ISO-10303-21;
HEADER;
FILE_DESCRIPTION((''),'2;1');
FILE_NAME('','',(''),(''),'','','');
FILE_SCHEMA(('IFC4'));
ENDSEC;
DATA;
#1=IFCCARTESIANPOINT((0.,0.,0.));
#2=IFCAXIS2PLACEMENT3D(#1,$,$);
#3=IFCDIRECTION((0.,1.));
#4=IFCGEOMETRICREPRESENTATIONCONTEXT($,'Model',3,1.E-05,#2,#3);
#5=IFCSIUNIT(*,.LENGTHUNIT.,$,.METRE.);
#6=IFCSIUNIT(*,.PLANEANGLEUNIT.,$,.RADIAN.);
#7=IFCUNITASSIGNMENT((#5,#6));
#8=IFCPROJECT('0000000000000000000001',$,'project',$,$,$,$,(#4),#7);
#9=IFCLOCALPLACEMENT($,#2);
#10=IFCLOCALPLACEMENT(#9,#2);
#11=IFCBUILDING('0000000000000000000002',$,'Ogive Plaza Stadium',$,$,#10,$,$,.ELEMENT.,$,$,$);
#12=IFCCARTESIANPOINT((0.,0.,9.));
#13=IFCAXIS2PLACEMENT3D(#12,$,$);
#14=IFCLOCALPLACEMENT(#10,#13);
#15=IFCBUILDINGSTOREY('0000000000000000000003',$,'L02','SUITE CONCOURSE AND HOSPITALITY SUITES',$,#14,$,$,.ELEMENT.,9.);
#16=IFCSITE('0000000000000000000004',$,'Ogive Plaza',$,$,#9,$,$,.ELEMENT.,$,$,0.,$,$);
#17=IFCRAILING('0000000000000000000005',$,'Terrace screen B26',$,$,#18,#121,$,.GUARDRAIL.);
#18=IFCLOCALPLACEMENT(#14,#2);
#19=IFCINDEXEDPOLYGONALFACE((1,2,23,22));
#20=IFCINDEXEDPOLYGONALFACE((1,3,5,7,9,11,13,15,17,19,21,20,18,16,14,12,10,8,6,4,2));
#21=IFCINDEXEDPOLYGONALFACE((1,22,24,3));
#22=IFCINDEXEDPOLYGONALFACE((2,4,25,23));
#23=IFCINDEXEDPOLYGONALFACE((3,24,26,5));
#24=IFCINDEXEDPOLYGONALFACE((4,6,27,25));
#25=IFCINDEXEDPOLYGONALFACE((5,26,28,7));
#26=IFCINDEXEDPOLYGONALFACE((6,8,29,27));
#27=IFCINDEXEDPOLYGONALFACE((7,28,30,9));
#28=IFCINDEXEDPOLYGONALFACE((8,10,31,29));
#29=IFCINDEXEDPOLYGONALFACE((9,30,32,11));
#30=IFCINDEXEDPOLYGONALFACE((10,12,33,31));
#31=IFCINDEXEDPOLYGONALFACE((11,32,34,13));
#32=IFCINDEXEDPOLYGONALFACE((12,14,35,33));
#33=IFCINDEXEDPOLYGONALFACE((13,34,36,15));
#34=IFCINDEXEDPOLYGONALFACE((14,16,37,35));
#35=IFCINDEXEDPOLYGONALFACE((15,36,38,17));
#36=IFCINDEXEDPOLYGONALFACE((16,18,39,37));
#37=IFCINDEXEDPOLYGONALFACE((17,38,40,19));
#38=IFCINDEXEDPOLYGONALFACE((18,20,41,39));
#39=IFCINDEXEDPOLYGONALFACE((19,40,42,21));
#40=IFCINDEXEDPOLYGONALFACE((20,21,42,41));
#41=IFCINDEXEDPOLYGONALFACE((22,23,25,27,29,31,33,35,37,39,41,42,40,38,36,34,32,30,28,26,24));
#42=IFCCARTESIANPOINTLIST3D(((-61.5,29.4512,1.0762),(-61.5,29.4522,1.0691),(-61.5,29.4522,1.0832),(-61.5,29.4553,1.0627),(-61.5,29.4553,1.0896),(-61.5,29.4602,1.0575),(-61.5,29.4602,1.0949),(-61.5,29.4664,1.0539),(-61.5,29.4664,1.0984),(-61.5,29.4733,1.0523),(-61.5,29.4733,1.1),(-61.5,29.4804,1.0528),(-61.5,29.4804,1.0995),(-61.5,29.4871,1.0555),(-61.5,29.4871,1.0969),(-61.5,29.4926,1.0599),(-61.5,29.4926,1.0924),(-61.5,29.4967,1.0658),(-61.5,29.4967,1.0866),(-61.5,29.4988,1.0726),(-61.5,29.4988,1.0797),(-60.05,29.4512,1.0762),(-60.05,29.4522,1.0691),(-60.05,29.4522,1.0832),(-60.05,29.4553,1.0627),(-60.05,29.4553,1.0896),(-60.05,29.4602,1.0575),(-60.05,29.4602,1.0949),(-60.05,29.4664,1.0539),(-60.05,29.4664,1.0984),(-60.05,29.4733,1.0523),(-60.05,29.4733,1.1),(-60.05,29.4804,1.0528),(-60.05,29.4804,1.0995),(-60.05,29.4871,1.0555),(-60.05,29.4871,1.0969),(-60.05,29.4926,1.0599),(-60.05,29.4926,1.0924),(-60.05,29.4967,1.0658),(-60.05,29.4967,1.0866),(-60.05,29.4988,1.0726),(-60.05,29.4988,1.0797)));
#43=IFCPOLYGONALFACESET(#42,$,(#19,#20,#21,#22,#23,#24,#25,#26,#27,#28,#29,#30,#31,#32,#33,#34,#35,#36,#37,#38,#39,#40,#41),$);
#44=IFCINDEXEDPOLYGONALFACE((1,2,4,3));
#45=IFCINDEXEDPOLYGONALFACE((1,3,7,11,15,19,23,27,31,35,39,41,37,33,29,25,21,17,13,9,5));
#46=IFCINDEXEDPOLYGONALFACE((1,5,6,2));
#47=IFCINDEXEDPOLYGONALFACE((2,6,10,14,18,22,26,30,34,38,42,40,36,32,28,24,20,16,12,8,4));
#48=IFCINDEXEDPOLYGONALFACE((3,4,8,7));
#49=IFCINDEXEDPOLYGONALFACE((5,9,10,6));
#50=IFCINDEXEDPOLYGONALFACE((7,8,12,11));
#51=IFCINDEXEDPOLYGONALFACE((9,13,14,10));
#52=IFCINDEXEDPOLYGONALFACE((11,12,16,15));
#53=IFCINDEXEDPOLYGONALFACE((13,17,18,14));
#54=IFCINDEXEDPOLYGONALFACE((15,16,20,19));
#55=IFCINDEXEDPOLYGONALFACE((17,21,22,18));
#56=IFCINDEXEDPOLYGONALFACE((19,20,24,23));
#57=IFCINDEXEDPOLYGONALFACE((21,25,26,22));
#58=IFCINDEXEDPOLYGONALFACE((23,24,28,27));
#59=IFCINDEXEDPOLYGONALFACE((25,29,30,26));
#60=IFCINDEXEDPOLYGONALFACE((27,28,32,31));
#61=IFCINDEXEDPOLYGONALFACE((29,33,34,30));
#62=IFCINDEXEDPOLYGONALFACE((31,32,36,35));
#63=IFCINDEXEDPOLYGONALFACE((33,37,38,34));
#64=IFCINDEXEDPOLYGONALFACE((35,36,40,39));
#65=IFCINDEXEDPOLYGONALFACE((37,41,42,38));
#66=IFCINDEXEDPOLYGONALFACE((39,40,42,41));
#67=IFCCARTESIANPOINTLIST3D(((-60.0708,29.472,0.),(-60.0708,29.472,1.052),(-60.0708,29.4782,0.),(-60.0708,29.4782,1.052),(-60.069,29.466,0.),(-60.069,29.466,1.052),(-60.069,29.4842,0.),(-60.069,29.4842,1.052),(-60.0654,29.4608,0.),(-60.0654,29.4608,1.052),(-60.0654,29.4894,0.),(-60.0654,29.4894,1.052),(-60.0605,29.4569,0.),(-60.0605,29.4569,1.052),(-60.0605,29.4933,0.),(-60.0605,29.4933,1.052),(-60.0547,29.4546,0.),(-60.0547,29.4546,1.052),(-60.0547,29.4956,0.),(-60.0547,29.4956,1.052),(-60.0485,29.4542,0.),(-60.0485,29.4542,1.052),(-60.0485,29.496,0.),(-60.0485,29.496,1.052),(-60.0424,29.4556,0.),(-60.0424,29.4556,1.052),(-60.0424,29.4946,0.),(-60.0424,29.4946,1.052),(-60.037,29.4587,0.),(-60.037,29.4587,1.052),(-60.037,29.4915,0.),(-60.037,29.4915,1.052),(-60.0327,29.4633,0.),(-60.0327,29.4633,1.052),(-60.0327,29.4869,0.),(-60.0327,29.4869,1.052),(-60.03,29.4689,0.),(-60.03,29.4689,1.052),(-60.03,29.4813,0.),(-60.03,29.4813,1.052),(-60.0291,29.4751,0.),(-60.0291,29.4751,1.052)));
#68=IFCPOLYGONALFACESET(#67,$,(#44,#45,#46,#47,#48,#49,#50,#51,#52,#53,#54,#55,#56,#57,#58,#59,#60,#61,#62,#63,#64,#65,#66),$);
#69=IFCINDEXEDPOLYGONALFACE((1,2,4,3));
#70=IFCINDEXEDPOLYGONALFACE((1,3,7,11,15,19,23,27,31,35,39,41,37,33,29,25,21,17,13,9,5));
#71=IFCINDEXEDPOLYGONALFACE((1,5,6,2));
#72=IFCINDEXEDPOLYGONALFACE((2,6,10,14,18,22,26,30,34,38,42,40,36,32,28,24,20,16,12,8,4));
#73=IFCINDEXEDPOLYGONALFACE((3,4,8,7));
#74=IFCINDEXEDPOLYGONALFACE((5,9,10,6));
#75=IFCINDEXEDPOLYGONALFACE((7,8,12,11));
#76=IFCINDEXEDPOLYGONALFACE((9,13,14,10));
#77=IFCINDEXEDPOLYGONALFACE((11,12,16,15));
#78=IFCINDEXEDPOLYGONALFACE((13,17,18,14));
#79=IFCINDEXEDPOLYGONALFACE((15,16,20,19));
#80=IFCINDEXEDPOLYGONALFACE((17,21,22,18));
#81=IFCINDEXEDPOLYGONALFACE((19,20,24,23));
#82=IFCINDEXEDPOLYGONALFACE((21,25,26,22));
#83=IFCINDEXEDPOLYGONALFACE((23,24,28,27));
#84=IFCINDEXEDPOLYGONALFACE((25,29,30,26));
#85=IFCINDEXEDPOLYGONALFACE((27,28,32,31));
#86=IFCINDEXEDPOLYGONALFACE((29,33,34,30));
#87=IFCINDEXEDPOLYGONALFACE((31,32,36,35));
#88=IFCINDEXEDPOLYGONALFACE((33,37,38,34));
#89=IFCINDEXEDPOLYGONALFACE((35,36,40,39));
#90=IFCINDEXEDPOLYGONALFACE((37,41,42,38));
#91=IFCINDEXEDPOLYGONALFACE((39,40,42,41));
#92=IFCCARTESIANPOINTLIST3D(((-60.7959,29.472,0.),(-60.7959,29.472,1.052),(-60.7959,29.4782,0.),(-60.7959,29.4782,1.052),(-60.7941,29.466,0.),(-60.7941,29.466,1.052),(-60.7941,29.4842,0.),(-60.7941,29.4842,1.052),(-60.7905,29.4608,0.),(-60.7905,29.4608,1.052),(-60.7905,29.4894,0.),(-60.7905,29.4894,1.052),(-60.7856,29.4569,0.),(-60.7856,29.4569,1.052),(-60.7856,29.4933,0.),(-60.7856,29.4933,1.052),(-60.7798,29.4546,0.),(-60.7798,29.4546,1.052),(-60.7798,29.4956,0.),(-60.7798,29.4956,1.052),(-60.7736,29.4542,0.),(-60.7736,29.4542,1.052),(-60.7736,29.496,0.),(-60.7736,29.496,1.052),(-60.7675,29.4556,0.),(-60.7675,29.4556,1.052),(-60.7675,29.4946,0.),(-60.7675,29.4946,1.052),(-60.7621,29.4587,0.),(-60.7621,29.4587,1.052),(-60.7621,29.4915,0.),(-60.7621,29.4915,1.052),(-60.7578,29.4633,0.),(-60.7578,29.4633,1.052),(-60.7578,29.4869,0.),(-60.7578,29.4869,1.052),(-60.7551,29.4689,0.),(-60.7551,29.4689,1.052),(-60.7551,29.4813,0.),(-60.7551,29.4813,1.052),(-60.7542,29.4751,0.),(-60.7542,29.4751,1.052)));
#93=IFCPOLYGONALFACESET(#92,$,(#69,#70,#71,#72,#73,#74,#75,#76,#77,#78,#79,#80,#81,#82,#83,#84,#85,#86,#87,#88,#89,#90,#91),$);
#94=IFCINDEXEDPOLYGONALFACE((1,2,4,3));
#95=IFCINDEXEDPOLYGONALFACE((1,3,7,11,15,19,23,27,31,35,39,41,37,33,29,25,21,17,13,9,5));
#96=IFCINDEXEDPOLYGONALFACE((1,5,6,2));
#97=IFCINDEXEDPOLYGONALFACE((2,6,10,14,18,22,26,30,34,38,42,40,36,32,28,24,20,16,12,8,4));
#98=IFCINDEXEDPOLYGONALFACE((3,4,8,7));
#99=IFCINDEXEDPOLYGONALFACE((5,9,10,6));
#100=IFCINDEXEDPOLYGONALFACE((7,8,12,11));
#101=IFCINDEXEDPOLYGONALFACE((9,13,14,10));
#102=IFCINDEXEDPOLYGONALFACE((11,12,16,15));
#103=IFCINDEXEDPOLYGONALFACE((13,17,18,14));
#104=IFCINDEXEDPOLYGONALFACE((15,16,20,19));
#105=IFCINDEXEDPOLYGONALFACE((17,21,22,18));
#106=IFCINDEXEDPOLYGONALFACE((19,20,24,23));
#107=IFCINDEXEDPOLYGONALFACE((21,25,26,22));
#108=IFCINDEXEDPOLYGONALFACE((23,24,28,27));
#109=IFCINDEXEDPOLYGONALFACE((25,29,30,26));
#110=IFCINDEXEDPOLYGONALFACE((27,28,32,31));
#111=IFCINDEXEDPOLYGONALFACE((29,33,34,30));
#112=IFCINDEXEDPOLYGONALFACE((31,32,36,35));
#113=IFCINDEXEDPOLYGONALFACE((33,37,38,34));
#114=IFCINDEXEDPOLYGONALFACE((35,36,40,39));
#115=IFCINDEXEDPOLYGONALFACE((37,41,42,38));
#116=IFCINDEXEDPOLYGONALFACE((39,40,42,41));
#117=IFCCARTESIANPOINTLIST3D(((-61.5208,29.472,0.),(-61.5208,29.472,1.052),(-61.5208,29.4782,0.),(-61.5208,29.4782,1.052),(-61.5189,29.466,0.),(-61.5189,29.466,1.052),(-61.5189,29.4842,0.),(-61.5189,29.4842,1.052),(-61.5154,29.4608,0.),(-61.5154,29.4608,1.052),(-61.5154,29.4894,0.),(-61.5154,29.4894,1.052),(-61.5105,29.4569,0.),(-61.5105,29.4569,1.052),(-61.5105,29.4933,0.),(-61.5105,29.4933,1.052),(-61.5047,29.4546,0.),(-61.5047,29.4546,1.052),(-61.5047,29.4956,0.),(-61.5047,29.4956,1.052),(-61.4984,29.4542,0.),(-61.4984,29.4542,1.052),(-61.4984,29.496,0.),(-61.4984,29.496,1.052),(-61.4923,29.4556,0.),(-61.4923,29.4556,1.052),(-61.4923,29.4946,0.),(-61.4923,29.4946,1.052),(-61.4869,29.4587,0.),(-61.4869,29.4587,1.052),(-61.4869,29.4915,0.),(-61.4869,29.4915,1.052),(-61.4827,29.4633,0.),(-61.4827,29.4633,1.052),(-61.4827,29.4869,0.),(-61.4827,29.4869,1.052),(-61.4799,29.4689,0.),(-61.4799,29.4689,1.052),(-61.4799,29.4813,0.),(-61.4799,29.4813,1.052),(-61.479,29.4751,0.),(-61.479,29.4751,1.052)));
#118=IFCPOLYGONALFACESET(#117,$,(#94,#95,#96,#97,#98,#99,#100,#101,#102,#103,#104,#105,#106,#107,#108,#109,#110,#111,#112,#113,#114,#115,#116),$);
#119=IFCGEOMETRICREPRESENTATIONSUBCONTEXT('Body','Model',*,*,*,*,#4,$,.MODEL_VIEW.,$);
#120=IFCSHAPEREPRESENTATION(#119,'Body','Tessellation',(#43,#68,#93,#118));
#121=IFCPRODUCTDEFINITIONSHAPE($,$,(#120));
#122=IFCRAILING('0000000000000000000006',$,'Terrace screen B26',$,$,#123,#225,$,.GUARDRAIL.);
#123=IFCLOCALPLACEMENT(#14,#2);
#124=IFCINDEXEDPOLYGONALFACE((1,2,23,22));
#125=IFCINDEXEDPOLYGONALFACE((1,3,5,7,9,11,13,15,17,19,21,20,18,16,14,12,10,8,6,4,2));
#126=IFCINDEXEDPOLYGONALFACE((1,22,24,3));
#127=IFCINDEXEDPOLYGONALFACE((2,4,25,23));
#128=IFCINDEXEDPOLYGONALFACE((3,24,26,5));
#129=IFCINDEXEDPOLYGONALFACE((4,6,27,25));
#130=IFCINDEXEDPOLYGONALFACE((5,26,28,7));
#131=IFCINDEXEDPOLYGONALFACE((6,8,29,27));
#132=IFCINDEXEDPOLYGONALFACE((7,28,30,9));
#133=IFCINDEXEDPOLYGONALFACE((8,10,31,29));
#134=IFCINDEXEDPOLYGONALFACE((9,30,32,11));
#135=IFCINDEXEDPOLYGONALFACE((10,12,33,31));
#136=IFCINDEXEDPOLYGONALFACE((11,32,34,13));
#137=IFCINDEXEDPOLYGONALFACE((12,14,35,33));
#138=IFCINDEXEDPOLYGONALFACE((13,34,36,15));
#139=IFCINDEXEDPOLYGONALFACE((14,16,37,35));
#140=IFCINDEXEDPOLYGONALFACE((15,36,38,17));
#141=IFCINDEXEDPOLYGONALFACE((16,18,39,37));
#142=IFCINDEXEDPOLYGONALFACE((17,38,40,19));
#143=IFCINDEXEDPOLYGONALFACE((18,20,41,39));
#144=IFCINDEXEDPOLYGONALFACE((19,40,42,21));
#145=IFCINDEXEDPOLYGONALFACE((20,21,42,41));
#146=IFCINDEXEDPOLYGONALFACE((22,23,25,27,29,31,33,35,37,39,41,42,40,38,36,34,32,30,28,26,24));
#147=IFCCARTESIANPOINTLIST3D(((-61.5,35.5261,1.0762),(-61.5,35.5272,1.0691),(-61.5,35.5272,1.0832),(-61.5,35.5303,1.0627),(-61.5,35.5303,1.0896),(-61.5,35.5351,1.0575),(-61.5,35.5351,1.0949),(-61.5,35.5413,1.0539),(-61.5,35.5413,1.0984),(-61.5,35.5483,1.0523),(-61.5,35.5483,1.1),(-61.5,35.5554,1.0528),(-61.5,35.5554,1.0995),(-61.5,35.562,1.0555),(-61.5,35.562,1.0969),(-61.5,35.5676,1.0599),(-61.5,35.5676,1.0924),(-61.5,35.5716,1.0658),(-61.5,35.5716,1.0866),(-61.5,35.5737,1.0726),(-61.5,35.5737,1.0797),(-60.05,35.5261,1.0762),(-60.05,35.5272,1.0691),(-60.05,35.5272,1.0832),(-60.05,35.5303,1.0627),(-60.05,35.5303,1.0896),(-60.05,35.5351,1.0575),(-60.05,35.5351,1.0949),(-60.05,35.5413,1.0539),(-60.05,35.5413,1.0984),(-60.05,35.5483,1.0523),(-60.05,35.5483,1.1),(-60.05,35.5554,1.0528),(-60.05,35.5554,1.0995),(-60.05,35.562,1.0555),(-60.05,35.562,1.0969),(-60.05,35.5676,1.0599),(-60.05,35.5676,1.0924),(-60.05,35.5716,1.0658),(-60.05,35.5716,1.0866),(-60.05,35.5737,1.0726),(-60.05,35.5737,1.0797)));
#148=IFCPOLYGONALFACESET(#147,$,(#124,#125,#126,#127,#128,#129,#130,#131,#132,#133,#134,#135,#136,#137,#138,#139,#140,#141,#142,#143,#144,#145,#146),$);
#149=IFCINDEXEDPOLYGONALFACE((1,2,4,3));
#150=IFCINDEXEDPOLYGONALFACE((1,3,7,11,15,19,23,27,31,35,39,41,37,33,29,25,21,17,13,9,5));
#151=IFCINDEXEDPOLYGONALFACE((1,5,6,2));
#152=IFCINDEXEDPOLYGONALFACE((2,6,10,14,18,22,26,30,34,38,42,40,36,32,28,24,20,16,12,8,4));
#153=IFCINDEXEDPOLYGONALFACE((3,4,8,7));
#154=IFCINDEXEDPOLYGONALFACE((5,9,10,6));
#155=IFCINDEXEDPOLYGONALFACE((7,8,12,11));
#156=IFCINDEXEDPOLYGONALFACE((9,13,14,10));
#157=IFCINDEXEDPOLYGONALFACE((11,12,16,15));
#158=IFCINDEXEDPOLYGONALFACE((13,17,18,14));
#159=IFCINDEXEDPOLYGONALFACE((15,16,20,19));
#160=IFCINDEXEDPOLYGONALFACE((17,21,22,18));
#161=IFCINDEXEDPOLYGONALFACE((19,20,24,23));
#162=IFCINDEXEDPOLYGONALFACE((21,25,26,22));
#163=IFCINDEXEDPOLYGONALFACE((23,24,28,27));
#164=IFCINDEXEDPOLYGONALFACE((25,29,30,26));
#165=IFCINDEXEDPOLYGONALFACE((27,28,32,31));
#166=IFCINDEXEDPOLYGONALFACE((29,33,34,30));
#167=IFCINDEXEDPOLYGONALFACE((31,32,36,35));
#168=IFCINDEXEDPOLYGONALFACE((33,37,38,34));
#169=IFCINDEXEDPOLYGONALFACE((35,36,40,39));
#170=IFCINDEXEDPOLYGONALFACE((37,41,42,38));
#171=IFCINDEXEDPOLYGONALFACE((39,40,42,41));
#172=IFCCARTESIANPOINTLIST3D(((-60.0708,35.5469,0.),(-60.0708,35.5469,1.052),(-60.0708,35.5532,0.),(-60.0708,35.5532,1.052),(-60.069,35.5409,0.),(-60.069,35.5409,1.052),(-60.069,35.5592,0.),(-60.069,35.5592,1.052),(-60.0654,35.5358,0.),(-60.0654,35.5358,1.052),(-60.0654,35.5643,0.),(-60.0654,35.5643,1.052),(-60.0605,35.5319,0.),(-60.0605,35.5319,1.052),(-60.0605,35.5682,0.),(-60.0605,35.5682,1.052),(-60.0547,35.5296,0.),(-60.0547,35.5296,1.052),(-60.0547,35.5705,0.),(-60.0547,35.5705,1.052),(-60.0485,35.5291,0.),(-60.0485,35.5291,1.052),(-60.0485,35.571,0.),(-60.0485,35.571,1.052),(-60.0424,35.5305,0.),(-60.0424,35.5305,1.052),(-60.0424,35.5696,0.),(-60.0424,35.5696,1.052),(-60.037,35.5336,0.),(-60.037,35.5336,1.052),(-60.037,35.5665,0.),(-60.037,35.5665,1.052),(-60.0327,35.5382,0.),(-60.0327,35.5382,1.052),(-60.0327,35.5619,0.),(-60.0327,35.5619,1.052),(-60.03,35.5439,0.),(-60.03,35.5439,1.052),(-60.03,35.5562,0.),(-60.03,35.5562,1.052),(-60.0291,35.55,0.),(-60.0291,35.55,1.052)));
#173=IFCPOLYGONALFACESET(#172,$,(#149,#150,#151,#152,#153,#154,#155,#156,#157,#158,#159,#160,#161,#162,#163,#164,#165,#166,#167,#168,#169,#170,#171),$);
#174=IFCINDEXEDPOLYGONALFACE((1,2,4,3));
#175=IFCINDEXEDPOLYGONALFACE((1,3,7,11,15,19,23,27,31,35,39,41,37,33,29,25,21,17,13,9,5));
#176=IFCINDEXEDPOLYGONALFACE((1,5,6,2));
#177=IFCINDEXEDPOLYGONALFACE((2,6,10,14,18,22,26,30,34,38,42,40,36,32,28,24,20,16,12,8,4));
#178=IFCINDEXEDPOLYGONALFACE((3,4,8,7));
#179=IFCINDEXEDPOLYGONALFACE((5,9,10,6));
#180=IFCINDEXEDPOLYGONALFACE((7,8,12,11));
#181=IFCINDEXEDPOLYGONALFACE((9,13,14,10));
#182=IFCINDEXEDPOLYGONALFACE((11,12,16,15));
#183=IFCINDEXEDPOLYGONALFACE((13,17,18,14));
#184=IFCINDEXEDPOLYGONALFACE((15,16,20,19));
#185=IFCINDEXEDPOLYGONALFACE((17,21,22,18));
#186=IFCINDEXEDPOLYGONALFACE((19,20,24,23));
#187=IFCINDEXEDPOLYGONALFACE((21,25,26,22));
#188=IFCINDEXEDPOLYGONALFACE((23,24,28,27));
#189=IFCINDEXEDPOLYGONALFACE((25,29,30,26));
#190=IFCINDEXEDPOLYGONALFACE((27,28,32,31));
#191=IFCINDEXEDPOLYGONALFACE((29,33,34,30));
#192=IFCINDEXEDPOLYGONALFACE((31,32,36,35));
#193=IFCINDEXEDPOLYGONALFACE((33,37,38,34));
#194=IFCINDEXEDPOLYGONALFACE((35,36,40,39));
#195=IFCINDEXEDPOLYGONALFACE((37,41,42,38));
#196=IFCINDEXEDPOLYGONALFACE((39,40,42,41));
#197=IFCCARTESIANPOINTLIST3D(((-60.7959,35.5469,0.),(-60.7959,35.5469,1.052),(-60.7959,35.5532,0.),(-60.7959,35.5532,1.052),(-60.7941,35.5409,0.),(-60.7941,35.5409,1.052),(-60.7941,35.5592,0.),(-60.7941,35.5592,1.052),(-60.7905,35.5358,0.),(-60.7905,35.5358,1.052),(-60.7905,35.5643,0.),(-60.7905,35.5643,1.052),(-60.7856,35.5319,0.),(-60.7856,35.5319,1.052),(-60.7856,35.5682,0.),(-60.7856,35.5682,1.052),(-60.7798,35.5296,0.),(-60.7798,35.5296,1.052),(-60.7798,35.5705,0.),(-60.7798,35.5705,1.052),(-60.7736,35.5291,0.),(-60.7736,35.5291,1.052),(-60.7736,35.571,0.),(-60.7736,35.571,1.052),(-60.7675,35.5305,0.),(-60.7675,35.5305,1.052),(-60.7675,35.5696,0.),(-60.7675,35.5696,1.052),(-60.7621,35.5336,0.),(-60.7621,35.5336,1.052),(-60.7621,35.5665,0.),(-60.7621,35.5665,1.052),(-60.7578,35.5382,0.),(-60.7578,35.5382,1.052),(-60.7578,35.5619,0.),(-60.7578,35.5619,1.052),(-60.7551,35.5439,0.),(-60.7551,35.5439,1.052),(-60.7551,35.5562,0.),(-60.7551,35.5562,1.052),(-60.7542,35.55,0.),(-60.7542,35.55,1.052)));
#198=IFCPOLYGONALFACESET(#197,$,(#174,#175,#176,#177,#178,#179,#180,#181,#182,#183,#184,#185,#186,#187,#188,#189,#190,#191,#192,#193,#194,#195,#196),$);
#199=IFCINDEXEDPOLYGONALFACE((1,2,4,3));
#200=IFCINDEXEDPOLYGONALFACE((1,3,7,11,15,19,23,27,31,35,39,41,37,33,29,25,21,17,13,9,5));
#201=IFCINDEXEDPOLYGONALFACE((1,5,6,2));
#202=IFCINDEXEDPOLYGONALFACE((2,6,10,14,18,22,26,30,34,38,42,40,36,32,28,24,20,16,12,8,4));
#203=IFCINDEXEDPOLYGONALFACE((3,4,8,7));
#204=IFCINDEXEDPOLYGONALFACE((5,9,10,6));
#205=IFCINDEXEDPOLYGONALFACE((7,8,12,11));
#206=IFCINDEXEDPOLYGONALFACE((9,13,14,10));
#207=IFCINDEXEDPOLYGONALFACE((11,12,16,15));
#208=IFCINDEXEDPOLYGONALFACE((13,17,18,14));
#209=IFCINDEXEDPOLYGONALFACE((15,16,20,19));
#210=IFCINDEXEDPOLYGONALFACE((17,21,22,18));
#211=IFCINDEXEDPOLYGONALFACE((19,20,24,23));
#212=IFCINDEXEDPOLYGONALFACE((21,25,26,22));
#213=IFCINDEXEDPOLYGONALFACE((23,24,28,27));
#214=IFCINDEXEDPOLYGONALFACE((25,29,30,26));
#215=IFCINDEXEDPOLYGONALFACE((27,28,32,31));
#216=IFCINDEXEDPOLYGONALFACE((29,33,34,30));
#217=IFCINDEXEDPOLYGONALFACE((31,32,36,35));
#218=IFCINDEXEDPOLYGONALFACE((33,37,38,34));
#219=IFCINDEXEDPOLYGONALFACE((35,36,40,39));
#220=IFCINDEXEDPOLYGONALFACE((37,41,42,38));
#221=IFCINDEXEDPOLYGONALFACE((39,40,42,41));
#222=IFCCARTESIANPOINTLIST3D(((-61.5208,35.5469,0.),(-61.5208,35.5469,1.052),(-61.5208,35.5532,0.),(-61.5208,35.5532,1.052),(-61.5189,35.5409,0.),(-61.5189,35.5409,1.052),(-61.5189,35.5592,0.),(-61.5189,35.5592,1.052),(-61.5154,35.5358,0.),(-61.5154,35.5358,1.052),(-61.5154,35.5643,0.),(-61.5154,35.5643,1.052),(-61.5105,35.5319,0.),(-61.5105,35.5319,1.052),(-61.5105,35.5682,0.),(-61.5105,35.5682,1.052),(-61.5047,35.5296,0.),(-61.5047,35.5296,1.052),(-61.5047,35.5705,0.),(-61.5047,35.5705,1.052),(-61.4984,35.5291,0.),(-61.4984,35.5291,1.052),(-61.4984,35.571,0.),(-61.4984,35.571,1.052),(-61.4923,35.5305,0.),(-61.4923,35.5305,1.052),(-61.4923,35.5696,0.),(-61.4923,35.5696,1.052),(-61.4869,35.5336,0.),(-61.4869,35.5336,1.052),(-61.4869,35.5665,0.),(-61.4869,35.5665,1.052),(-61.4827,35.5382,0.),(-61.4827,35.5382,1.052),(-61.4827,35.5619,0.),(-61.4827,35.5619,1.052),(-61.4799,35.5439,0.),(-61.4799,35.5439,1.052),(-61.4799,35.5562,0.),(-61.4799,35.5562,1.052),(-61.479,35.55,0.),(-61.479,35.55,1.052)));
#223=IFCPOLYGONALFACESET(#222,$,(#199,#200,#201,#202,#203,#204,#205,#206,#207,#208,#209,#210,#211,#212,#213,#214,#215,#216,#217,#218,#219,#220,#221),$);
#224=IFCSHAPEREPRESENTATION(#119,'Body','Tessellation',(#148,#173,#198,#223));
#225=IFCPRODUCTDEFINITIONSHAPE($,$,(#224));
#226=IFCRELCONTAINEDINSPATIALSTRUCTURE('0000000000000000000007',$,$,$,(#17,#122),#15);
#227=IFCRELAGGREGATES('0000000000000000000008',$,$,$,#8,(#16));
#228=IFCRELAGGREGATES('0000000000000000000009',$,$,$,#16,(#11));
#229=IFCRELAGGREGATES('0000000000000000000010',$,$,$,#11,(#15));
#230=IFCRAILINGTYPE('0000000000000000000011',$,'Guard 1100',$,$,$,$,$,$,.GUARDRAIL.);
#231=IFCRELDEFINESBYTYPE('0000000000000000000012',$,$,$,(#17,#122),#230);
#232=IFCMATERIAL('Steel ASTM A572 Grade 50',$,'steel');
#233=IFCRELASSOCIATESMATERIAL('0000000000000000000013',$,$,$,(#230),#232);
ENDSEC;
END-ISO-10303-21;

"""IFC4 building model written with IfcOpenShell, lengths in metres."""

from ifc_helpers import new_model, si_unit, direction, frame, origin, origin_2d, place, context, subcontext, project, spatial, circle, extrude, material, type_object, element, save


model = new_model("IFC4")

# Units and contexts
model_context = context("Model", 3, precision=1e-05, world=origin(), true_north=direction((0.0, 1.0)))
body_context = subcontext(model_context, "Body", "Model", "MODEL_VIEW")
ifc_project = project(units=[si_unit("LENGTHUNIT", "METRE"), si_unit("PLANEANGLEUNIT", "RADIAN")], contexts=[model_context])

# Site, building, storey
site_placement = place(None, origin())
site = spatial("IfcSite", under=ifc_project, at=site_placement, Name="Ogive Plaza", CompositionType="ELEMENT", RefElevation=0.0)
building_placement = place(site_placement, origin())
building = spatial("IfcBuilding", under=site, at=building_placement, Name="Ogive Plaza Stadium", CompositionType="ELEMENT")
storey_placement = place(building_placement, frame((0.0, 0.0, 9.0)))
storey = spatial("IfcBuildingStorey", under=building, at=storey_placement, Name="L02", Description="SUITE CONCOURSE AND HOSPITALITY SUITES", CompositionType="ELEMENT", Elevation=9.0)

# Railings
ifc_material_1 = material(Name="Steel ASTM A572 Grade 50", Category="steel")
railing_type = type_object("IfcRailingType", Name="Guard 1100", PredefinedType="GUARDRAIL", material=ifc_material_1)
for number, where, name in (
    (1, (-60.05, 29.4751, 0.0), "Terrace screen B26"),
    (2, (-60.05, 35.55, 0.0), "Terrace screen B26"),
):
    element("IfcRailing", number, at=place(storey_placement, frame(where)), inside=storey, type_object=railing_type, Name=name, PredefinedType="GUARDRAIL", context=body_context, shape_type="SweptSolid", body=[
        extrude(circle(Radius=0.0239, at=origin_2d()), frame((0.0, 0.0, 1.0762), z_axis=(-1.0, 0.0, 0.0), x_axis=(0.0, -1.0, 0.0)), (0.0, 0.0, 1.0), 1.45),
        extrude(circle(Radius=0.021, at=origin_2d()), origin(), (0.0, 0.0, 1.0), 1.052),
        extrude(circle(Radius=0.021, at=origin_2d()), frame((-0.7251, 0.0, 0.0)), (0.0, 0.0, 1.0), 1.052),
        extrude(circle(Radius=0.021, at=origin_2d()), frame((-1.45, 0.0, 0.0)), (0.0, 0.0, 1.0), 1.052),
    ])

save(model, "model.ifc")
